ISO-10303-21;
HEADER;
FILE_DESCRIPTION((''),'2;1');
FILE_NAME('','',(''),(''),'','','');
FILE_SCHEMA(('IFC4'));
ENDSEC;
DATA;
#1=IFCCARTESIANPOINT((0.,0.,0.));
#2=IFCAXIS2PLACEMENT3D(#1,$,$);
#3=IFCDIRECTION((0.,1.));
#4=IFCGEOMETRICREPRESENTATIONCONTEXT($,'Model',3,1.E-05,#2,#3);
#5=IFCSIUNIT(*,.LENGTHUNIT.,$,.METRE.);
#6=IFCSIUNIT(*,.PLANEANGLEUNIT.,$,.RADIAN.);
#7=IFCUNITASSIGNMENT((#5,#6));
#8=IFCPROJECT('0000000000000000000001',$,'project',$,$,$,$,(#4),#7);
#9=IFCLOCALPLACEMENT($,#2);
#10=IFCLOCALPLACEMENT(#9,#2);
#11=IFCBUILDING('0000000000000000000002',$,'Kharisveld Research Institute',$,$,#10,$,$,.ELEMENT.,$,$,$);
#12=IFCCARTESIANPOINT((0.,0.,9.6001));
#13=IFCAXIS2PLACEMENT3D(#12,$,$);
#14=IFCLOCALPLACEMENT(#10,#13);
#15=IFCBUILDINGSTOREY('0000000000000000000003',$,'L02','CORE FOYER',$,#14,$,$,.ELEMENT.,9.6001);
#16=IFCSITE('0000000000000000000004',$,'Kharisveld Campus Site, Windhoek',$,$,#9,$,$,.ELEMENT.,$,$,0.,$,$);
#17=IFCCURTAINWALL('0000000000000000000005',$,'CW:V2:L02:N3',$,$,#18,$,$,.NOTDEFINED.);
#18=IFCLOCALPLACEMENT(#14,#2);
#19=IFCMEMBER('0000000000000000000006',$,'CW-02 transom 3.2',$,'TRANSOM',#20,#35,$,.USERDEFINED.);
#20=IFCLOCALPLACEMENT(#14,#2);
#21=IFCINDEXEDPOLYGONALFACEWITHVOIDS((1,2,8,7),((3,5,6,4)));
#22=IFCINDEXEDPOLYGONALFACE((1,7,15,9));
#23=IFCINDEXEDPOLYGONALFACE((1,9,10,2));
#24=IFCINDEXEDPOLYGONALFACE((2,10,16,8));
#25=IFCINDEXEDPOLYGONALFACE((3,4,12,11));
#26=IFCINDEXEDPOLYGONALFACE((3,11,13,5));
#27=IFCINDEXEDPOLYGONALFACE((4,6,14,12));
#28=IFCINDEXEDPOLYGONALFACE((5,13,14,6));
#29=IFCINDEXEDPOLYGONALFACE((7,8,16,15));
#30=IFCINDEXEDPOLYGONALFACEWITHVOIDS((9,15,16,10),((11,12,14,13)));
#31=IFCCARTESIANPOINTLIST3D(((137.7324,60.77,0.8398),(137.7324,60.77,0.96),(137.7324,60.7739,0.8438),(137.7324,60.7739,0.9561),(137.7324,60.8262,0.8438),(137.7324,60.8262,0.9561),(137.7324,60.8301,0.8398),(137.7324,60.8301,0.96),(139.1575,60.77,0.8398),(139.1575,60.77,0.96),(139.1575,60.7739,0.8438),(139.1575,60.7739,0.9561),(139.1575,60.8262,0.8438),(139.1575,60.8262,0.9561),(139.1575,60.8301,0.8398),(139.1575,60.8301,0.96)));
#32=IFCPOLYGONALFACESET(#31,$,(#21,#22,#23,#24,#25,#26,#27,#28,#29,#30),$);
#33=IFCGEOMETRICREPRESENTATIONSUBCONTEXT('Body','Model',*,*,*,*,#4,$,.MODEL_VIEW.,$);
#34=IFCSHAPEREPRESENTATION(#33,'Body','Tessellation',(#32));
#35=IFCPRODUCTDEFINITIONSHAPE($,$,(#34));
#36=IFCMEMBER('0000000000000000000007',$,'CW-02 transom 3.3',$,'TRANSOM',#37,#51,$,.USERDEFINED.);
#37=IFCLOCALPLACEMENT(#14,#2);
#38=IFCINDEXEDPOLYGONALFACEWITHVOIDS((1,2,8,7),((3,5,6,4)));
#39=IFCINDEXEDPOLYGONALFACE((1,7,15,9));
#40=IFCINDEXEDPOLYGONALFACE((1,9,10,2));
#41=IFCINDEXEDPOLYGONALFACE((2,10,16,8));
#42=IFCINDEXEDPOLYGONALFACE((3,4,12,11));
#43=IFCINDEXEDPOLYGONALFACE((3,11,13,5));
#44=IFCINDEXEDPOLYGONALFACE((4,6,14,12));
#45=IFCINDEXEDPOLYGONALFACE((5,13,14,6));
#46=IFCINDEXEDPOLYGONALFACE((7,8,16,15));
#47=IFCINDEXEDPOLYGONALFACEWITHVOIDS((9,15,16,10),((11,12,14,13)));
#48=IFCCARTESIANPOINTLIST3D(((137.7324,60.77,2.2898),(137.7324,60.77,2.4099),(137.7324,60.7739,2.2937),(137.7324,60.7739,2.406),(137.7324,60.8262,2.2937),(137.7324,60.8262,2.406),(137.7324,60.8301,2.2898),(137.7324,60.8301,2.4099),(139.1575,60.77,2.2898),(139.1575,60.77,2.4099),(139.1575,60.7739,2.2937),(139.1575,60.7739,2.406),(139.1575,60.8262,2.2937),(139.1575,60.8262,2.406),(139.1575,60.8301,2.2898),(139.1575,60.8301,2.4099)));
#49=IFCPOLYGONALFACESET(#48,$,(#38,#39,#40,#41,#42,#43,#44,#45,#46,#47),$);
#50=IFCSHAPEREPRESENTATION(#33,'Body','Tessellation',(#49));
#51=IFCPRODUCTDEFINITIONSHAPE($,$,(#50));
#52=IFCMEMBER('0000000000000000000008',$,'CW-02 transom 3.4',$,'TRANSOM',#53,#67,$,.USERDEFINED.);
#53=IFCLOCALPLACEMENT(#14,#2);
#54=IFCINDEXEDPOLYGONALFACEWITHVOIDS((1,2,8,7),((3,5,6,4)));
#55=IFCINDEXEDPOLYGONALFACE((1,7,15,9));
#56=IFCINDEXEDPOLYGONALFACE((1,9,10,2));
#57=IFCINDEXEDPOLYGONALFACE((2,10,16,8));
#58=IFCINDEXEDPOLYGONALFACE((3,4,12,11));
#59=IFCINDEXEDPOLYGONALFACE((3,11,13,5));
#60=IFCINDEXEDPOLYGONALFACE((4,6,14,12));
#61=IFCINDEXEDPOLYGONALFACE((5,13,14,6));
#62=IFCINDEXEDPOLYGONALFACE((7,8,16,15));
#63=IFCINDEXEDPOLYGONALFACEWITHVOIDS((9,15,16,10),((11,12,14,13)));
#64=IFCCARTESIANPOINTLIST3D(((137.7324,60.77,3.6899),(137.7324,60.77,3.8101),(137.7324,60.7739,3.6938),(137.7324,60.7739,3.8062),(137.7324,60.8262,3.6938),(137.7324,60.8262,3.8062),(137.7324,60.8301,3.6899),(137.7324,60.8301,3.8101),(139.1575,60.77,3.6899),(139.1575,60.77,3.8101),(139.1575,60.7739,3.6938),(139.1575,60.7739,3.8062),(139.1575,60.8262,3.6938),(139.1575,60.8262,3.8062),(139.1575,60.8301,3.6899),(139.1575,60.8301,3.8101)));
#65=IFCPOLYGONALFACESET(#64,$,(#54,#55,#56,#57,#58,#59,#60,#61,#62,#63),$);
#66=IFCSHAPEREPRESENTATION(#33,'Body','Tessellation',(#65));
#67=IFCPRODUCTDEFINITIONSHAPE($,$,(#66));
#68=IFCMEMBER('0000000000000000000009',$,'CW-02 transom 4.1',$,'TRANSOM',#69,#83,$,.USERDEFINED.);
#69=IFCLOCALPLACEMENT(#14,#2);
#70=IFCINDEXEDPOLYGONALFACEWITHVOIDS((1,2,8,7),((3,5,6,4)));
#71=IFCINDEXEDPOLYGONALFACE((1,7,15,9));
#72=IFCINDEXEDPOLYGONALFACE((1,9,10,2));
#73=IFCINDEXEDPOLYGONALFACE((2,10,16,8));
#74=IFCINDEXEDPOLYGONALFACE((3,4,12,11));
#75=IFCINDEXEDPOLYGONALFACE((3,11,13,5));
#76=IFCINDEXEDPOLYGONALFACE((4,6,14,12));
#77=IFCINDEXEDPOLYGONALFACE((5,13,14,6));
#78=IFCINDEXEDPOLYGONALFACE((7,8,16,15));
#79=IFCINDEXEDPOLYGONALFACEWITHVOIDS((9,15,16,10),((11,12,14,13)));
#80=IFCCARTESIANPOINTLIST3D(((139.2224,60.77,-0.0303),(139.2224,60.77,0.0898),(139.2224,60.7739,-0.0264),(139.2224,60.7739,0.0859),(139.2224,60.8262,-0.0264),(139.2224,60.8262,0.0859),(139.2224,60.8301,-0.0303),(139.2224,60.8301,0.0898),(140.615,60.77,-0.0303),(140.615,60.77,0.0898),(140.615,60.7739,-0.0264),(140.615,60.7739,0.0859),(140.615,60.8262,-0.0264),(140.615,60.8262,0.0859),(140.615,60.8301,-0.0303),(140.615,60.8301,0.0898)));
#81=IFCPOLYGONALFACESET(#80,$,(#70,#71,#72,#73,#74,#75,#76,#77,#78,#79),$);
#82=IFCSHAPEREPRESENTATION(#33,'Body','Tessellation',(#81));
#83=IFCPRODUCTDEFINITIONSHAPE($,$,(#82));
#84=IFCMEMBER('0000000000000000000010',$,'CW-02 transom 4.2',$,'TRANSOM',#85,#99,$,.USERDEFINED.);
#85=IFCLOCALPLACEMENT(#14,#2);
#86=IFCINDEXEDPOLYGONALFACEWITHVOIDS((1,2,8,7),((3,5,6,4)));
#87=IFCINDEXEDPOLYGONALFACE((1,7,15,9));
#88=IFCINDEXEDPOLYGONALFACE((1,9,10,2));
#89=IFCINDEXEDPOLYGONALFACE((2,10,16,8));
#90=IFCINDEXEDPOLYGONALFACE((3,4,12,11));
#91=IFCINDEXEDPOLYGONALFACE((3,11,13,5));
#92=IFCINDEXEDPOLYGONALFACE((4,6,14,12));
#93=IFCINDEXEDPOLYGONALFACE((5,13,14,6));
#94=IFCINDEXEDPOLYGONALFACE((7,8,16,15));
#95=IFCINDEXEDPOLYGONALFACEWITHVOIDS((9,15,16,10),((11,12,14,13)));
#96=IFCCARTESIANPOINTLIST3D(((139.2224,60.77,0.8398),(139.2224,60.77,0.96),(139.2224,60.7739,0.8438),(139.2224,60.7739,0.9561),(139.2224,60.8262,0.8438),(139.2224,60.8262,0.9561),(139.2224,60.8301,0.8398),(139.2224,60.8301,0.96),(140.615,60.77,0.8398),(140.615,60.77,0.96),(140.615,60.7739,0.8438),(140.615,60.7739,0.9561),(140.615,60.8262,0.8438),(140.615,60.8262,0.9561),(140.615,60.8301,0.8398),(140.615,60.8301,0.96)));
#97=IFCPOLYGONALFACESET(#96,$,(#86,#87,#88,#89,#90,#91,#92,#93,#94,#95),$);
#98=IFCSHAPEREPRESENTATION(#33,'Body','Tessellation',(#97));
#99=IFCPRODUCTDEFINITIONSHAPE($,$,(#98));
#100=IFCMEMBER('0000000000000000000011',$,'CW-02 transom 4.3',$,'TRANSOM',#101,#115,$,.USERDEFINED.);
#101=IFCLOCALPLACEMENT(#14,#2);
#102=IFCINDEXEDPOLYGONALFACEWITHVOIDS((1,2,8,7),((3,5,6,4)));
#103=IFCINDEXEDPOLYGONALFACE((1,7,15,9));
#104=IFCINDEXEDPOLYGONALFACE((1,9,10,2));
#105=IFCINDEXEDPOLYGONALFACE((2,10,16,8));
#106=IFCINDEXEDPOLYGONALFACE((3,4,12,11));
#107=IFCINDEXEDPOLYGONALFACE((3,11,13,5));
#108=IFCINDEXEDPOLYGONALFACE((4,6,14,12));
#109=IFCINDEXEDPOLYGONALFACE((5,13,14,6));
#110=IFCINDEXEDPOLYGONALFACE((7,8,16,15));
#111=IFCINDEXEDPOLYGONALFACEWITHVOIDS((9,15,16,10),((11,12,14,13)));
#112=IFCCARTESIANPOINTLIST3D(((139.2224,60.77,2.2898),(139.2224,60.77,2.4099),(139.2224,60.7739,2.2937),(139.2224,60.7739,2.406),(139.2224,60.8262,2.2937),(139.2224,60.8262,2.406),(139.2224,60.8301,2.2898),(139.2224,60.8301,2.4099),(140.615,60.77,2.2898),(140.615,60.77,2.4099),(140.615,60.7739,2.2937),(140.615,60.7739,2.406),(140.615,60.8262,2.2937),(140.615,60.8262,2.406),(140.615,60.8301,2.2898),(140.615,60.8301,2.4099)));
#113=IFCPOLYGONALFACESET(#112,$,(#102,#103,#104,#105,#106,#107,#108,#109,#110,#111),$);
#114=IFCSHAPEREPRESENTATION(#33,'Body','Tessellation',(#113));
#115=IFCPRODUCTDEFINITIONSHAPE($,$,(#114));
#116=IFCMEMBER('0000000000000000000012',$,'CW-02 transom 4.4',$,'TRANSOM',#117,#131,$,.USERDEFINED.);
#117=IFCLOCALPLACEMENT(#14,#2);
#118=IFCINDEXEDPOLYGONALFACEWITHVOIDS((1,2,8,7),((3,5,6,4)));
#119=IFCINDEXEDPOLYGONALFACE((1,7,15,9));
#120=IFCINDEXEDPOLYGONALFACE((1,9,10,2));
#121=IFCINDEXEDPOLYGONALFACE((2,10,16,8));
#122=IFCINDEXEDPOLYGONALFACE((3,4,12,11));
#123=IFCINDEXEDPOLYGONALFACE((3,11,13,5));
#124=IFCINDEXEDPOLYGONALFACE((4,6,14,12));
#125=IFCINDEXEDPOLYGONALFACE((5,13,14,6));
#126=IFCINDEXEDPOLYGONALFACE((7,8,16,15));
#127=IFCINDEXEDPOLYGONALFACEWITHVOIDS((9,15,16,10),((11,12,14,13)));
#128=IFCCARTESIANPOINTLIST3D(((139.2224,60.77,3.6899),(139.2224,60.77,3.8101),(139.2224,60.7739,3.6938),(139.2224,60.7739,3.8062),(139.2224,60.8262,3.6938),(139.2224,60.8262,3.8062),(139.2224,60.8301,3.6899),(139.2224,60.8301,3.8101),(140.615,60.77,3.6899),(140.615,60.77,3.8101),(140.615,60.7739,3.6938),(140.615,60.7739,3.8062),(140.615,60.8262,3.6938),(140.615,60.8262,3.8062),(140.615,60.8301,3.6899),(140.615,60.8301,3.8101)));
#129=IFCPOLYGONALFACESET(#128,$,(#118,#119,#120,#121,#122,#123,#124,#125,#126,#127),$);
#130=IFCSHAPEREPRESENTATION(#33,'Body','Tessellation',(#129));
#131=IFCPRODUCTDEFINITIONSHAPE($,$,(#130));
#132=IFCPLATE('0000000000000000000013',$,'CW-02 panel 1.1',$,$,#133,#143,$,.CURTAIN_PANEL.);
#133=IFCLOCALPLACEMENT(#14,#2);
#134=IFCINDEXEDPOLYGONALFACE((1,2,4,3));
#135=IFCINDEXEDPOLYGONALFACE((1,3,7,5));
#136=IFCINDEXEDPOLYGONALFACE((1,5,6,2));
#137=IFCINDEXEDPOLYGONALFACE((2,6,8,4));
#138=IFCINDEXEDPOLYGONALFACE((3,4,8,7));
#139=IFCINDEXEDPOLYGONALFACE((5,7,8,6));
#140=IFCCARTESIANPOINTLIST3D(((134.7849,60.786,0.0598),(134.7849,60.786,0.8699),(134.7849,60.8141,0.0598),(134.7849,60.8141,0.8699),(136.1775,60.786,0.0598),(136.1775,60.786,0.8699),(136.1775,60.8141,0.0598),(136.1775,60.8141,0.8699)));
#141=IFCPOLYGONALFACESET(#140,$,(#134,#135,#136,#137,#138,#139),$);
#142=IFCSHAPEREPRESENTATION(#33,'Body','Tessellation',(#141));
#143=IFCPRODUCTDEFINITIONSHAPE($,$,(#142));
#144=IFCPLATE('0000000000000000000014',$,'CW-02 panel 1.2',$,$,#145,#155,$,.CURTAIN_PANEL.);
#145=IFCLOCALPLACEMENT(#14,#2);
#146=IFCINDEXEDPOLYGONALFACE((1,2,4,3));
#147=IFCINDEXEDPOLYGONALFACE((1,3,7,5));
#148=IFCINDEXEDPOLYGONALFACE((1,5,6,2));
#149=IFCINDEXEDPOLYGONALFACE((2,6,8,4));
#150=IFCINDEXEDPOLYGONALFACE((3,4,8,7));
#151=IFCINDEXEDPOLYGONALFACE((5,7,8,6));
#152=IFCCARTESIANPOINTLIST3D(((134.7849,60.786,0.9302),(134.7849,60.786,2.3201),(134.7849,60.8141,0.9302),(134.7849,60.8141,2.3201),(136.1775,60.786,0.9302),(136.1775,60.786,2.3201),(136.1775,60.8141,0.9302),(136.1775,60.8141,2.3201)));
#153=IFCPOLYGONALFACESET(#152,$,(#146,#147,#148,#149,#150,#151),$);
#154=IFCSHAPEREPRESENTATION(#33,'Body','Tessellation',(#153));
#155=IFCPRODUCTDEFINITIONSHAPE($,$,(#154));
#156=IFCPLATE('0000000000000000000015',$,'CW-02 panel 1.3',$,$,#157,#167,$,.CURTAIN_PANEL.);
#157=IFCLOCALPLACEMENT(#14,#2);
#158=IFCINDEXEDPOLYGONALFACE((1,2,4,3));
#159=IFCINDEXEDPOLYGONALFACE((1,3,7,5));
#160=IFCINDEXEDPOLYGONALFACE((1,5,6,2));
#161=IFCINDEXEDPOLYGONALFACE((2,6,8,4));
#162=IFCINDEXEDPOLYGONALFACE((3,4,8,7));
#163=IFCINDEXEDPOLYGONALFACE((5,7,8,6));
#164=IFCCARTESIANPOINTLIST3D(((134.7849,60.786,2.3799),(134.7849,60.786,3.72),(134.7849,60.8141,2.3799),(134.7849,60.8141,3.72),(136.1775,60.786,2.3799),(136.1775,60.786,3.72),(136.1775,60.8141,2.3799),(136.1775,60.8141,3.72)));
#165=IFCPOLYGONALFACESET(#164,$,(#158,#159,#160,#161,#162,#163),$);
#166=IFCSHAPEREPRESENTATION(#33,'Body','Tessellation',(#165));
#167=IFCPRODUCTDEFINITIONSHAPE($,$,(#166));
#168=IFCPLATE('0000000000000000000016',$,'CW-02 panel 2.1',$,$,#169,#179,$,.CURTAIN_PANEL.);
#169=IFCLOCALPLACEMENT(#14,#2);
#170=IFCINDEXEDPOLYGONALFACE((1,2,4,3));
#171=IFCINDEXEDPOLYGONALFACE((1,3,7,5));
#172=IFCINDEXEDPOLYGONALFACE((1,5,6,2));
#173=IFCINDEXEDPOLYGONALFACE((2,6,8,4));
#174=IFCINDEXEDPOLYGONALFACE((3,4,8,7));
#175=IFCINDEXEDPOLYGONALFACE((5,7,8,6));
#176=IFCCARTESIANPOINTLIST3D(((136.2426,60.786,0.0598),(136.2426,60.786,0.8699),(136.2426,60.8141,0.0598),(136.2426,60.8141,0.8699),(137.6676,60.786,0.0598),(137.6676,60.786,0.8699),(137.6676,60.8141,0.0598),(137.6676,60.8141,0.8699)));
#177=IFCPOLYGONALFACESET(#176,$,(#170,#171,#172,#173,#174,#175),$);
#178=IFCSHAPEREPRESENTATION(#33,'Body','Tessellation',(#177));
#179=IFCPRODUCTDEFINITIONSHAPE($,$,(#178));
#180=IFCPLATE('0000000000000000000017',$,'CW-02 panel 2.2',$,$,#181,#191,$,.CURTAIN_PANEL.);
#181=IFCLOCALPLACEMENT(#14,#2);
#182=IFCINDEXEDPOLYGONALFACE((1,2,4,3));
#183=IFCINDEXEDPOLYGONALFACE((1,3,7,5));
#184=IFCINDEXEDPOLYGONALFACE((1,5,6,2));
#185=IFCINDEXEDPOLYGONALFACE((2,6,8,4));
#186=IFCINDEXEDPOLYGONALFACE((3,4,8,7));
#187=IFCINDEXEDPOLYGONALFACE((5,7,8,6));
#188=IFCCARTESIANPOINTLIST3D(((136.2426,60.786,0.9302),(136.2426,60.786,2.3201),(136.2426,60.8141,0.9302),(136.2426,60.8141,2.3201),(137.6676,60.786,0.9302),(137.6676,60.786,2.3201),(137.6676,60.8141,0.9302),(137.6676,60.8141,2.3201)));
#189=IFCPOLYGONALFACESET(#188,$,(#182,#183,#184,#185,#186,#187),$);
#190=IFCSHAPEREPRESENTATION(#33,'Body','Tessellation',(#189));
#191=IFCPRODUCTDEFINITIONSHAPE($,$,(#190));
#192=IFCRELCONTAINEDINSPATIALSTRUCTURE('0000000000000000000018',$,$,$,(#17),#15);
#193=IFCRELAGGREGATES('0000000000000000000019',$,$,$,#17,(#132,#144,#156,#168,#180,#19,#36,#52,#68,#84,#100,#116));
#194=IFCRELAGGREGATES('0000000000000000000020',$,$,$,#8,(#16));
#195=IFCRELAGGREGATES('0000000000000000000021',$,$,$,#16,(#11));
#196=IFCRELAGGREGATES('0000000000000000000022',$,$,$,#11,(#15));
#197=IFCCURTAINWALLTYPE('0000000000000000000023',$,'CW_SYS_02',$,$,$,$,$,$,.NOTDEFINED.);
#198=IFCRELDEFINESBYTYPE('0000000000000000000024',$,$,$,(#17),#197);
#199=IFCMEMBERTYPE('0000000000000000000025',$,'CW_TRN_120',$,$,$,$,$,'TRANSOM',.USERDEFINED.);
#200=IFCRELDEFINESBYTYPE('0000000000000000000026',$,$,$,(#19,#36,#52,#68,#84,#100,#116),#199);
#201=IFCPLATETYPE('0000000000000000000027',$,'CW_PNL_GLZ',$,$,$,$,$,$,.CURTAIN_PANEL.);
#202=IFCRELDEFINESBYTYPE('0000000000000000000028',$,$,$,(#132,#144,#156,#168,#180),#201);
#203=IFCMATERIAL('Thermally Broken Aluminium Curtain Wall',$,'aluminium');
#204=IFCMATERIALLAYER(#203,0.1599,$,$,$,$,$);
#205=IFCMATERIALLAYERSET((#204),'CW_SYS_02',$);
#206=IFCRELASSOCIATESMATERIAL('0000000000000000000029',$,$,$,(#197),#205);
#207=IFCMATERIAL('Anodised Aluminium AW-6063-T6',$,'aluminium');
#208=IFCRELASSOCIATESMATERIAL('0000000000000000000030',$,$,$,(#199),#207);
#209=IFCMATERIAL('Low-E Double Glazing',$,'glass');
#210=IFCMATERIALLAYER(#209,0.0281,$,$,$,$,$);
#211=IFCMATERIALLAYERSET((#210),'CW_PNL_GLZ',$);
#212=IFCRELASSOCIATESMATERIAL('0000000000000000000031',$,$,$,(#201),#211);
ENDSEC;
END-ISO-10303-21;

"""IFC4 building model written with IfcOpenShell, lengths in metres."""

from ifc_helpers import new_model, si_unit, direction, frame, origin, origin_2d, place, context, subcontext, project, spatial, rectangle, hollow_rectangle, extrude, material, layer, layer_set, material_profile, profile_set, type_object, element, aggregate, save


model = new_model("IFC4")

# Units and contexts
model_context = context("Model", 3, precision=1e-05, world=origin(), true_north=direction((0.0, 1.0)))
body_context = subcontext(model_context, "Body", "Model", "MODEL_VIEW")
ifc_project = project(units=[si_unit("LENGTHUNIT", "METRE"), si_unit("PLANEANGLEUNIT", "RADIAN")], contexts=[model_context])

# Site, building, storey
site_placement = place(None, origin())
site = spatial("IfcSite", under=ifc_project, at=site_placement, Name="Kharisveld Campus Site, Windhoek", CompositionType="ELEMENT", RefElevation=0.0)
building_placement = place(site_placement, origin())
building = spatial("IfcBuilding", under=site, at=building_placement, Name="Kharisveld Research Institute", CompositionType="ELEMENT")
storey_placement = place(building_placement, frame((0.0, 0.0, 9.6001)))
storey = spatial("IfcBuildingStorey", under=building, at=storey_placement, Name="L02", Description="CORE FOYER", CompositionType="ELEMENT", Elevation=9.6001)

# Curtain wall, members, plates
ifc_material_1 = material(Name="Thermally Broken Aluminium Curtain Wall", Category="aluminium")
ifc_layer_1 = layer(ifc_material_1, 0.1599)
ifc_layer_set_1 = layer_set([ifc_layer_1], Name="CW_SYS_02")
curtain_wall_type = type_object("IfcCurtainWallType", Name="CW_SYS_02", PredefinedType="NOTDEFINED", material=ifc_layer_set_1)
curtain_wall_placement = place(storey_placement, origin())
curtain_wall = element("IfcCurtainWall", 1, at=curtain_wall_placement, inside=storey, type_object=curtain_wall_type, Name="CW:V2:L02:N3", PredefinedType="NOTDEFINED")
ifc_material_2 = material(Name="Anodised Aluminium AW-6063-T6", Category="aluminium")
ifc_material_profile_1 = material_profile(ifc_material_2, hollow_rectangle(XDim=0.0601, YDim=0.1201, WallThickness=0.0039, at=origin_2d()))
ifc_profile_set_1 = profile_set([ifc_material_profile_1], Name="Anodised Aluminium AW-6063-T6")
member_type_1 = type_object("IfcMemberType", Name="CW_TRN_120", ElementType="TRANSOM", PredefinedType="USERDEFINED", material=ifc_profile_set_1)
member_1_placement = place(storey_placement, frame((137.7324, 60.8, 0.8999), z_axis=(1.0, 0.0, 0.0), x_axis=(0.0, 1.0, 0.0)))
member_1 = element("IfcMember", 2, at=member_1_placement, type_object=member_type_1, Name="CW-02 transom 3.2", ObjectType="TRANSOM", PredefinedType="USERDEFINED", context=body_context, shape_type="SweptSolid", body=[
    extrude(hollow_rectangle(XDim=0.0601, YDim=0.1201, WallThickness=0.0039, at=origin_2d()), origin(), (0.0, 0.0, 1.0), 1.425),
])
member_2_placement = place(storey_placement, frame((137.7324, 60.8, 2.3499), z_axis=(1.0, 0.0, 0.0), x_axis=(0.0, 1.0, 0.0)))
member_2 = element("IfcMember", 3, at=member_2_placement, type_object=member_type_1, Name="CW-02 transom 3.3", ObjectType="TRANSOM", PredefinedType="USERDEFINED", context=body_context, shape_type="SweptSolid", body=[
    extrude(hollow_rectangle(XDim=0.0601, YDim=0.1201, WallThickness=0.0039, at=origin_2d()), origin(), (0.0, 0.0, 1.0), 1.425),
])
member_3_placement = place(storey_placement, frame((137.7324, 60.8, 3.75), z_axis=(1.0, 0.0, 0.0), x_axis=(0.0, 1.0, 0.0)))
member_3 = element("IfcMember", 4, at=member_3_placement, type_object=member_type_1, Name="CW-02 transom 3.4", ObjectType="TRANSOM", PredefinedType="USERDEFINED", context=body_context, shape_type="SweptSolid", body=[
    extrude(hollow_rectangle(XDim=0.0601, YDim=0.1201, WallThickness=0.0039, at=origin_2d()), origin(), (0.0, 0.0, 1.0), 1.425),
])
member_4_placement = place(storey_placement, frame((139.2224, 60.8, 0.0298), z_axis=(1.0, 0.0, 0.0), x_axis=(0.0, 1.0, 0.0)))
member_4 = element("IfcMember", 5, at=member_4_placement, type_object=member_type_1, Name="CW-02 transom 4.1", ObjectType="TRANSOM", PredefinedType="USERDEFINED", context=body_context, shape_type="SweptSolid", body=[
    extrude(hollow_rectangle(XDim=0.0601, YDim=0.1201, WallThickness=0.0039, at=origin_2d()), origin(), (0.0, 0.0, 1.0), 1.3926),
])
member_5_placement = place(storey_placement, frame((139.2224, 60.8, 0.8999), z_axis=(1.0, 0.0, 0.0), x_axis=(0.0, 1.0, 0.0)))
member_5 = element("IfcMember", 6, at=member_5_placement, type_object=member_type_1, Name="CW-02 transom 4.2", ObjectType="TRANSOM", PredefinedType="USERDEFINED", context=body_context, shape_type="SweptSolid", body=[
    extrude(hollow_rectangle(XDim=0.0601, YDim=0.1201, WallThickness=0.0039, at=origin_2d()), origin(), (0.0, 0.0, 1.0), 1.3926),
])
member_6_placement = place(storey_placement, frame((139.2224, 60.8, 2.3499), z_axis=(1.0, 0.0, 0.0), x_axis=(0.0, 1.0, 0.0)))
member_6 = element("IfcMember", 7, at=member_6_placement, type_object=member_type_1, Name="CW-02 transom 4.3", ObjectType="TRANSOM", PredefinedType="USERDEFINED", context=body_context, shape_type="SweptSolid", body=[
    extrude(hollow_rectangle(XDim=0.0601, YDim=0.1201, WallThickness=0.0039, at=origin_2d()), origin(), (0.0, 0.0, 1.0), 1.3926),
])
member_7_placement = place(storey_placement, frame((139.2224, 60.8, 3.75), z_axis=(1.0, 0.0, 0.0), x_axis=(0.0, 1.0, 0.0)))
member_7 = element("IfcMember", 8, at=member_7_placement, type_object=member_type_1, Name="CW-02 transom 4.4", ObjectType="TRANSOM", PredefinedType="USERDEFINED", context=body_context, shape_type="SweptSolid", body=[
    extrude(hollow_rectangle(XDim=0.0601, YDim=0.1201, WallThickness=0.0039, at=origin_2d()), origin(), (0.0, 0.0, 1.0), 1.3926),
])
ifc_material_3 = material(Name="Low-E Double Glazing", Category="glass")
ifc_layer_2 = layer(ifc_material_3, 0.0281)
ifc_layer_set_2 = layer_set([ifc_layer_2], Name="CW_PNL_GLZ")
plate_type = type_object("IfcPlateType", Name="CW_PNL_GLZ", PredefinedType="CURTAIN_PANEL", material=ifc_layer_set_2)
plate_1_placement = place(storey_placement, frame((135.4812, 60.8, 0.0598), z_axis=(0.0, 0.0, 1.0), x_axis=(1.0, 0.0, 0.0)))
plate_1 = element("IfcPlate", 9, at=plate_1_placement, type_object=plate_type, Name="CW-02 panel 1.1", PredefinedType="CURTAIN_PANEL", context=body_context, shape_type="SweptSolid", body=[
    extrude(rectangle(XDim=1.3926, YDim=0.0281, at=origin_2d()), origin(), (0.0, 0.0, 1.0), 0.8101),
])
plate_2_placement = place(storey_placement, frame((135.4812, 60.8, 0.9302), z_axis=(0.0, 0.0, 1.0), x_axis=(1.0, 0.0, 0.0)))
plate_2 = element("IfcPlate", 10, at=plate_2_placement, type_object=plate_type, Name="CW-02 panel 1.2", PredefinedType="CURTAIN_PANEL", context=body_context, shape_type="SweptSolid", body=[
    extrude(rectangle(XDim=1.3926, YDim=0.0281, at=origin_2d()), origin(), (0.0, 0.0, 1.0), 1.3899),
])
plate_3_placement = place(storey_placement, frame((135.4812, 60.8, 2.3799), z_axis=(0.0, 0.0, 1.0), x_axis=(1.0, 0.0, 0.0)))
plate_3 = element("IfcPlate", 11, at=plate_3_placement, type_object=plate_type, Name="CW-02 panel 1.3", PredefinedType="CURTAIN_PANEL", context=body_context, shape_type="SweptSolid", body=[
    extrude(rectangle(XDim=1.3926, YDim=0.0281, at=origin_2d()), origin(), (0.0, 0.0, 1.0), 1.3401),
])
plate_4_placement = place(storey_placement, frame((136.9551, 60.8, 0.0598), z_axis=(0.0, 0.0, 1.0), x_axis=(1.0, 0.0, 0.0)))
plate_4 = element("IfcPlate", 12, at=plate_4_placement, type_object=plate_type, Name="CW-02 panel 2.1", PredefinedType="CURTAIN_PANEL", context=body_context, shape_type="SweptSolid", body=[
    extrude(rectangle(XDim=1.425, YDim=0.0281, at=origin_2d()), origin(), (0.0, 0.0, 1.0), 0.8101),
])
plate_5_placement = place(storey_placement, frame((136.9551, 60.8, 0.9302), z_axis=(0.0, 0.0, 1.0), x_axis=(1.0, 0.0, 0.0)))
plate_5 = element("IfcPlate", 13, at=plate_5_placement, type_object=plate_type, Name="CW-02 panel 2.2", PredefinedType="CURTAIN_PANEL", context=body_context, shape_type="SweptSolid", body=[
    extrude(rectangle(XDim=1.425, YDim=0.0281, at=origin_2d()), origin(), (0.0, 0.0, 1.0), 1.3899),
])
aggregate(curtain_wall, [plate_1, plate_2, plate_3, plate_4, plate_5, member_1, member_2, member_3, member_4, member_5, member_6, member_7])

save(model, "model.ifc")
